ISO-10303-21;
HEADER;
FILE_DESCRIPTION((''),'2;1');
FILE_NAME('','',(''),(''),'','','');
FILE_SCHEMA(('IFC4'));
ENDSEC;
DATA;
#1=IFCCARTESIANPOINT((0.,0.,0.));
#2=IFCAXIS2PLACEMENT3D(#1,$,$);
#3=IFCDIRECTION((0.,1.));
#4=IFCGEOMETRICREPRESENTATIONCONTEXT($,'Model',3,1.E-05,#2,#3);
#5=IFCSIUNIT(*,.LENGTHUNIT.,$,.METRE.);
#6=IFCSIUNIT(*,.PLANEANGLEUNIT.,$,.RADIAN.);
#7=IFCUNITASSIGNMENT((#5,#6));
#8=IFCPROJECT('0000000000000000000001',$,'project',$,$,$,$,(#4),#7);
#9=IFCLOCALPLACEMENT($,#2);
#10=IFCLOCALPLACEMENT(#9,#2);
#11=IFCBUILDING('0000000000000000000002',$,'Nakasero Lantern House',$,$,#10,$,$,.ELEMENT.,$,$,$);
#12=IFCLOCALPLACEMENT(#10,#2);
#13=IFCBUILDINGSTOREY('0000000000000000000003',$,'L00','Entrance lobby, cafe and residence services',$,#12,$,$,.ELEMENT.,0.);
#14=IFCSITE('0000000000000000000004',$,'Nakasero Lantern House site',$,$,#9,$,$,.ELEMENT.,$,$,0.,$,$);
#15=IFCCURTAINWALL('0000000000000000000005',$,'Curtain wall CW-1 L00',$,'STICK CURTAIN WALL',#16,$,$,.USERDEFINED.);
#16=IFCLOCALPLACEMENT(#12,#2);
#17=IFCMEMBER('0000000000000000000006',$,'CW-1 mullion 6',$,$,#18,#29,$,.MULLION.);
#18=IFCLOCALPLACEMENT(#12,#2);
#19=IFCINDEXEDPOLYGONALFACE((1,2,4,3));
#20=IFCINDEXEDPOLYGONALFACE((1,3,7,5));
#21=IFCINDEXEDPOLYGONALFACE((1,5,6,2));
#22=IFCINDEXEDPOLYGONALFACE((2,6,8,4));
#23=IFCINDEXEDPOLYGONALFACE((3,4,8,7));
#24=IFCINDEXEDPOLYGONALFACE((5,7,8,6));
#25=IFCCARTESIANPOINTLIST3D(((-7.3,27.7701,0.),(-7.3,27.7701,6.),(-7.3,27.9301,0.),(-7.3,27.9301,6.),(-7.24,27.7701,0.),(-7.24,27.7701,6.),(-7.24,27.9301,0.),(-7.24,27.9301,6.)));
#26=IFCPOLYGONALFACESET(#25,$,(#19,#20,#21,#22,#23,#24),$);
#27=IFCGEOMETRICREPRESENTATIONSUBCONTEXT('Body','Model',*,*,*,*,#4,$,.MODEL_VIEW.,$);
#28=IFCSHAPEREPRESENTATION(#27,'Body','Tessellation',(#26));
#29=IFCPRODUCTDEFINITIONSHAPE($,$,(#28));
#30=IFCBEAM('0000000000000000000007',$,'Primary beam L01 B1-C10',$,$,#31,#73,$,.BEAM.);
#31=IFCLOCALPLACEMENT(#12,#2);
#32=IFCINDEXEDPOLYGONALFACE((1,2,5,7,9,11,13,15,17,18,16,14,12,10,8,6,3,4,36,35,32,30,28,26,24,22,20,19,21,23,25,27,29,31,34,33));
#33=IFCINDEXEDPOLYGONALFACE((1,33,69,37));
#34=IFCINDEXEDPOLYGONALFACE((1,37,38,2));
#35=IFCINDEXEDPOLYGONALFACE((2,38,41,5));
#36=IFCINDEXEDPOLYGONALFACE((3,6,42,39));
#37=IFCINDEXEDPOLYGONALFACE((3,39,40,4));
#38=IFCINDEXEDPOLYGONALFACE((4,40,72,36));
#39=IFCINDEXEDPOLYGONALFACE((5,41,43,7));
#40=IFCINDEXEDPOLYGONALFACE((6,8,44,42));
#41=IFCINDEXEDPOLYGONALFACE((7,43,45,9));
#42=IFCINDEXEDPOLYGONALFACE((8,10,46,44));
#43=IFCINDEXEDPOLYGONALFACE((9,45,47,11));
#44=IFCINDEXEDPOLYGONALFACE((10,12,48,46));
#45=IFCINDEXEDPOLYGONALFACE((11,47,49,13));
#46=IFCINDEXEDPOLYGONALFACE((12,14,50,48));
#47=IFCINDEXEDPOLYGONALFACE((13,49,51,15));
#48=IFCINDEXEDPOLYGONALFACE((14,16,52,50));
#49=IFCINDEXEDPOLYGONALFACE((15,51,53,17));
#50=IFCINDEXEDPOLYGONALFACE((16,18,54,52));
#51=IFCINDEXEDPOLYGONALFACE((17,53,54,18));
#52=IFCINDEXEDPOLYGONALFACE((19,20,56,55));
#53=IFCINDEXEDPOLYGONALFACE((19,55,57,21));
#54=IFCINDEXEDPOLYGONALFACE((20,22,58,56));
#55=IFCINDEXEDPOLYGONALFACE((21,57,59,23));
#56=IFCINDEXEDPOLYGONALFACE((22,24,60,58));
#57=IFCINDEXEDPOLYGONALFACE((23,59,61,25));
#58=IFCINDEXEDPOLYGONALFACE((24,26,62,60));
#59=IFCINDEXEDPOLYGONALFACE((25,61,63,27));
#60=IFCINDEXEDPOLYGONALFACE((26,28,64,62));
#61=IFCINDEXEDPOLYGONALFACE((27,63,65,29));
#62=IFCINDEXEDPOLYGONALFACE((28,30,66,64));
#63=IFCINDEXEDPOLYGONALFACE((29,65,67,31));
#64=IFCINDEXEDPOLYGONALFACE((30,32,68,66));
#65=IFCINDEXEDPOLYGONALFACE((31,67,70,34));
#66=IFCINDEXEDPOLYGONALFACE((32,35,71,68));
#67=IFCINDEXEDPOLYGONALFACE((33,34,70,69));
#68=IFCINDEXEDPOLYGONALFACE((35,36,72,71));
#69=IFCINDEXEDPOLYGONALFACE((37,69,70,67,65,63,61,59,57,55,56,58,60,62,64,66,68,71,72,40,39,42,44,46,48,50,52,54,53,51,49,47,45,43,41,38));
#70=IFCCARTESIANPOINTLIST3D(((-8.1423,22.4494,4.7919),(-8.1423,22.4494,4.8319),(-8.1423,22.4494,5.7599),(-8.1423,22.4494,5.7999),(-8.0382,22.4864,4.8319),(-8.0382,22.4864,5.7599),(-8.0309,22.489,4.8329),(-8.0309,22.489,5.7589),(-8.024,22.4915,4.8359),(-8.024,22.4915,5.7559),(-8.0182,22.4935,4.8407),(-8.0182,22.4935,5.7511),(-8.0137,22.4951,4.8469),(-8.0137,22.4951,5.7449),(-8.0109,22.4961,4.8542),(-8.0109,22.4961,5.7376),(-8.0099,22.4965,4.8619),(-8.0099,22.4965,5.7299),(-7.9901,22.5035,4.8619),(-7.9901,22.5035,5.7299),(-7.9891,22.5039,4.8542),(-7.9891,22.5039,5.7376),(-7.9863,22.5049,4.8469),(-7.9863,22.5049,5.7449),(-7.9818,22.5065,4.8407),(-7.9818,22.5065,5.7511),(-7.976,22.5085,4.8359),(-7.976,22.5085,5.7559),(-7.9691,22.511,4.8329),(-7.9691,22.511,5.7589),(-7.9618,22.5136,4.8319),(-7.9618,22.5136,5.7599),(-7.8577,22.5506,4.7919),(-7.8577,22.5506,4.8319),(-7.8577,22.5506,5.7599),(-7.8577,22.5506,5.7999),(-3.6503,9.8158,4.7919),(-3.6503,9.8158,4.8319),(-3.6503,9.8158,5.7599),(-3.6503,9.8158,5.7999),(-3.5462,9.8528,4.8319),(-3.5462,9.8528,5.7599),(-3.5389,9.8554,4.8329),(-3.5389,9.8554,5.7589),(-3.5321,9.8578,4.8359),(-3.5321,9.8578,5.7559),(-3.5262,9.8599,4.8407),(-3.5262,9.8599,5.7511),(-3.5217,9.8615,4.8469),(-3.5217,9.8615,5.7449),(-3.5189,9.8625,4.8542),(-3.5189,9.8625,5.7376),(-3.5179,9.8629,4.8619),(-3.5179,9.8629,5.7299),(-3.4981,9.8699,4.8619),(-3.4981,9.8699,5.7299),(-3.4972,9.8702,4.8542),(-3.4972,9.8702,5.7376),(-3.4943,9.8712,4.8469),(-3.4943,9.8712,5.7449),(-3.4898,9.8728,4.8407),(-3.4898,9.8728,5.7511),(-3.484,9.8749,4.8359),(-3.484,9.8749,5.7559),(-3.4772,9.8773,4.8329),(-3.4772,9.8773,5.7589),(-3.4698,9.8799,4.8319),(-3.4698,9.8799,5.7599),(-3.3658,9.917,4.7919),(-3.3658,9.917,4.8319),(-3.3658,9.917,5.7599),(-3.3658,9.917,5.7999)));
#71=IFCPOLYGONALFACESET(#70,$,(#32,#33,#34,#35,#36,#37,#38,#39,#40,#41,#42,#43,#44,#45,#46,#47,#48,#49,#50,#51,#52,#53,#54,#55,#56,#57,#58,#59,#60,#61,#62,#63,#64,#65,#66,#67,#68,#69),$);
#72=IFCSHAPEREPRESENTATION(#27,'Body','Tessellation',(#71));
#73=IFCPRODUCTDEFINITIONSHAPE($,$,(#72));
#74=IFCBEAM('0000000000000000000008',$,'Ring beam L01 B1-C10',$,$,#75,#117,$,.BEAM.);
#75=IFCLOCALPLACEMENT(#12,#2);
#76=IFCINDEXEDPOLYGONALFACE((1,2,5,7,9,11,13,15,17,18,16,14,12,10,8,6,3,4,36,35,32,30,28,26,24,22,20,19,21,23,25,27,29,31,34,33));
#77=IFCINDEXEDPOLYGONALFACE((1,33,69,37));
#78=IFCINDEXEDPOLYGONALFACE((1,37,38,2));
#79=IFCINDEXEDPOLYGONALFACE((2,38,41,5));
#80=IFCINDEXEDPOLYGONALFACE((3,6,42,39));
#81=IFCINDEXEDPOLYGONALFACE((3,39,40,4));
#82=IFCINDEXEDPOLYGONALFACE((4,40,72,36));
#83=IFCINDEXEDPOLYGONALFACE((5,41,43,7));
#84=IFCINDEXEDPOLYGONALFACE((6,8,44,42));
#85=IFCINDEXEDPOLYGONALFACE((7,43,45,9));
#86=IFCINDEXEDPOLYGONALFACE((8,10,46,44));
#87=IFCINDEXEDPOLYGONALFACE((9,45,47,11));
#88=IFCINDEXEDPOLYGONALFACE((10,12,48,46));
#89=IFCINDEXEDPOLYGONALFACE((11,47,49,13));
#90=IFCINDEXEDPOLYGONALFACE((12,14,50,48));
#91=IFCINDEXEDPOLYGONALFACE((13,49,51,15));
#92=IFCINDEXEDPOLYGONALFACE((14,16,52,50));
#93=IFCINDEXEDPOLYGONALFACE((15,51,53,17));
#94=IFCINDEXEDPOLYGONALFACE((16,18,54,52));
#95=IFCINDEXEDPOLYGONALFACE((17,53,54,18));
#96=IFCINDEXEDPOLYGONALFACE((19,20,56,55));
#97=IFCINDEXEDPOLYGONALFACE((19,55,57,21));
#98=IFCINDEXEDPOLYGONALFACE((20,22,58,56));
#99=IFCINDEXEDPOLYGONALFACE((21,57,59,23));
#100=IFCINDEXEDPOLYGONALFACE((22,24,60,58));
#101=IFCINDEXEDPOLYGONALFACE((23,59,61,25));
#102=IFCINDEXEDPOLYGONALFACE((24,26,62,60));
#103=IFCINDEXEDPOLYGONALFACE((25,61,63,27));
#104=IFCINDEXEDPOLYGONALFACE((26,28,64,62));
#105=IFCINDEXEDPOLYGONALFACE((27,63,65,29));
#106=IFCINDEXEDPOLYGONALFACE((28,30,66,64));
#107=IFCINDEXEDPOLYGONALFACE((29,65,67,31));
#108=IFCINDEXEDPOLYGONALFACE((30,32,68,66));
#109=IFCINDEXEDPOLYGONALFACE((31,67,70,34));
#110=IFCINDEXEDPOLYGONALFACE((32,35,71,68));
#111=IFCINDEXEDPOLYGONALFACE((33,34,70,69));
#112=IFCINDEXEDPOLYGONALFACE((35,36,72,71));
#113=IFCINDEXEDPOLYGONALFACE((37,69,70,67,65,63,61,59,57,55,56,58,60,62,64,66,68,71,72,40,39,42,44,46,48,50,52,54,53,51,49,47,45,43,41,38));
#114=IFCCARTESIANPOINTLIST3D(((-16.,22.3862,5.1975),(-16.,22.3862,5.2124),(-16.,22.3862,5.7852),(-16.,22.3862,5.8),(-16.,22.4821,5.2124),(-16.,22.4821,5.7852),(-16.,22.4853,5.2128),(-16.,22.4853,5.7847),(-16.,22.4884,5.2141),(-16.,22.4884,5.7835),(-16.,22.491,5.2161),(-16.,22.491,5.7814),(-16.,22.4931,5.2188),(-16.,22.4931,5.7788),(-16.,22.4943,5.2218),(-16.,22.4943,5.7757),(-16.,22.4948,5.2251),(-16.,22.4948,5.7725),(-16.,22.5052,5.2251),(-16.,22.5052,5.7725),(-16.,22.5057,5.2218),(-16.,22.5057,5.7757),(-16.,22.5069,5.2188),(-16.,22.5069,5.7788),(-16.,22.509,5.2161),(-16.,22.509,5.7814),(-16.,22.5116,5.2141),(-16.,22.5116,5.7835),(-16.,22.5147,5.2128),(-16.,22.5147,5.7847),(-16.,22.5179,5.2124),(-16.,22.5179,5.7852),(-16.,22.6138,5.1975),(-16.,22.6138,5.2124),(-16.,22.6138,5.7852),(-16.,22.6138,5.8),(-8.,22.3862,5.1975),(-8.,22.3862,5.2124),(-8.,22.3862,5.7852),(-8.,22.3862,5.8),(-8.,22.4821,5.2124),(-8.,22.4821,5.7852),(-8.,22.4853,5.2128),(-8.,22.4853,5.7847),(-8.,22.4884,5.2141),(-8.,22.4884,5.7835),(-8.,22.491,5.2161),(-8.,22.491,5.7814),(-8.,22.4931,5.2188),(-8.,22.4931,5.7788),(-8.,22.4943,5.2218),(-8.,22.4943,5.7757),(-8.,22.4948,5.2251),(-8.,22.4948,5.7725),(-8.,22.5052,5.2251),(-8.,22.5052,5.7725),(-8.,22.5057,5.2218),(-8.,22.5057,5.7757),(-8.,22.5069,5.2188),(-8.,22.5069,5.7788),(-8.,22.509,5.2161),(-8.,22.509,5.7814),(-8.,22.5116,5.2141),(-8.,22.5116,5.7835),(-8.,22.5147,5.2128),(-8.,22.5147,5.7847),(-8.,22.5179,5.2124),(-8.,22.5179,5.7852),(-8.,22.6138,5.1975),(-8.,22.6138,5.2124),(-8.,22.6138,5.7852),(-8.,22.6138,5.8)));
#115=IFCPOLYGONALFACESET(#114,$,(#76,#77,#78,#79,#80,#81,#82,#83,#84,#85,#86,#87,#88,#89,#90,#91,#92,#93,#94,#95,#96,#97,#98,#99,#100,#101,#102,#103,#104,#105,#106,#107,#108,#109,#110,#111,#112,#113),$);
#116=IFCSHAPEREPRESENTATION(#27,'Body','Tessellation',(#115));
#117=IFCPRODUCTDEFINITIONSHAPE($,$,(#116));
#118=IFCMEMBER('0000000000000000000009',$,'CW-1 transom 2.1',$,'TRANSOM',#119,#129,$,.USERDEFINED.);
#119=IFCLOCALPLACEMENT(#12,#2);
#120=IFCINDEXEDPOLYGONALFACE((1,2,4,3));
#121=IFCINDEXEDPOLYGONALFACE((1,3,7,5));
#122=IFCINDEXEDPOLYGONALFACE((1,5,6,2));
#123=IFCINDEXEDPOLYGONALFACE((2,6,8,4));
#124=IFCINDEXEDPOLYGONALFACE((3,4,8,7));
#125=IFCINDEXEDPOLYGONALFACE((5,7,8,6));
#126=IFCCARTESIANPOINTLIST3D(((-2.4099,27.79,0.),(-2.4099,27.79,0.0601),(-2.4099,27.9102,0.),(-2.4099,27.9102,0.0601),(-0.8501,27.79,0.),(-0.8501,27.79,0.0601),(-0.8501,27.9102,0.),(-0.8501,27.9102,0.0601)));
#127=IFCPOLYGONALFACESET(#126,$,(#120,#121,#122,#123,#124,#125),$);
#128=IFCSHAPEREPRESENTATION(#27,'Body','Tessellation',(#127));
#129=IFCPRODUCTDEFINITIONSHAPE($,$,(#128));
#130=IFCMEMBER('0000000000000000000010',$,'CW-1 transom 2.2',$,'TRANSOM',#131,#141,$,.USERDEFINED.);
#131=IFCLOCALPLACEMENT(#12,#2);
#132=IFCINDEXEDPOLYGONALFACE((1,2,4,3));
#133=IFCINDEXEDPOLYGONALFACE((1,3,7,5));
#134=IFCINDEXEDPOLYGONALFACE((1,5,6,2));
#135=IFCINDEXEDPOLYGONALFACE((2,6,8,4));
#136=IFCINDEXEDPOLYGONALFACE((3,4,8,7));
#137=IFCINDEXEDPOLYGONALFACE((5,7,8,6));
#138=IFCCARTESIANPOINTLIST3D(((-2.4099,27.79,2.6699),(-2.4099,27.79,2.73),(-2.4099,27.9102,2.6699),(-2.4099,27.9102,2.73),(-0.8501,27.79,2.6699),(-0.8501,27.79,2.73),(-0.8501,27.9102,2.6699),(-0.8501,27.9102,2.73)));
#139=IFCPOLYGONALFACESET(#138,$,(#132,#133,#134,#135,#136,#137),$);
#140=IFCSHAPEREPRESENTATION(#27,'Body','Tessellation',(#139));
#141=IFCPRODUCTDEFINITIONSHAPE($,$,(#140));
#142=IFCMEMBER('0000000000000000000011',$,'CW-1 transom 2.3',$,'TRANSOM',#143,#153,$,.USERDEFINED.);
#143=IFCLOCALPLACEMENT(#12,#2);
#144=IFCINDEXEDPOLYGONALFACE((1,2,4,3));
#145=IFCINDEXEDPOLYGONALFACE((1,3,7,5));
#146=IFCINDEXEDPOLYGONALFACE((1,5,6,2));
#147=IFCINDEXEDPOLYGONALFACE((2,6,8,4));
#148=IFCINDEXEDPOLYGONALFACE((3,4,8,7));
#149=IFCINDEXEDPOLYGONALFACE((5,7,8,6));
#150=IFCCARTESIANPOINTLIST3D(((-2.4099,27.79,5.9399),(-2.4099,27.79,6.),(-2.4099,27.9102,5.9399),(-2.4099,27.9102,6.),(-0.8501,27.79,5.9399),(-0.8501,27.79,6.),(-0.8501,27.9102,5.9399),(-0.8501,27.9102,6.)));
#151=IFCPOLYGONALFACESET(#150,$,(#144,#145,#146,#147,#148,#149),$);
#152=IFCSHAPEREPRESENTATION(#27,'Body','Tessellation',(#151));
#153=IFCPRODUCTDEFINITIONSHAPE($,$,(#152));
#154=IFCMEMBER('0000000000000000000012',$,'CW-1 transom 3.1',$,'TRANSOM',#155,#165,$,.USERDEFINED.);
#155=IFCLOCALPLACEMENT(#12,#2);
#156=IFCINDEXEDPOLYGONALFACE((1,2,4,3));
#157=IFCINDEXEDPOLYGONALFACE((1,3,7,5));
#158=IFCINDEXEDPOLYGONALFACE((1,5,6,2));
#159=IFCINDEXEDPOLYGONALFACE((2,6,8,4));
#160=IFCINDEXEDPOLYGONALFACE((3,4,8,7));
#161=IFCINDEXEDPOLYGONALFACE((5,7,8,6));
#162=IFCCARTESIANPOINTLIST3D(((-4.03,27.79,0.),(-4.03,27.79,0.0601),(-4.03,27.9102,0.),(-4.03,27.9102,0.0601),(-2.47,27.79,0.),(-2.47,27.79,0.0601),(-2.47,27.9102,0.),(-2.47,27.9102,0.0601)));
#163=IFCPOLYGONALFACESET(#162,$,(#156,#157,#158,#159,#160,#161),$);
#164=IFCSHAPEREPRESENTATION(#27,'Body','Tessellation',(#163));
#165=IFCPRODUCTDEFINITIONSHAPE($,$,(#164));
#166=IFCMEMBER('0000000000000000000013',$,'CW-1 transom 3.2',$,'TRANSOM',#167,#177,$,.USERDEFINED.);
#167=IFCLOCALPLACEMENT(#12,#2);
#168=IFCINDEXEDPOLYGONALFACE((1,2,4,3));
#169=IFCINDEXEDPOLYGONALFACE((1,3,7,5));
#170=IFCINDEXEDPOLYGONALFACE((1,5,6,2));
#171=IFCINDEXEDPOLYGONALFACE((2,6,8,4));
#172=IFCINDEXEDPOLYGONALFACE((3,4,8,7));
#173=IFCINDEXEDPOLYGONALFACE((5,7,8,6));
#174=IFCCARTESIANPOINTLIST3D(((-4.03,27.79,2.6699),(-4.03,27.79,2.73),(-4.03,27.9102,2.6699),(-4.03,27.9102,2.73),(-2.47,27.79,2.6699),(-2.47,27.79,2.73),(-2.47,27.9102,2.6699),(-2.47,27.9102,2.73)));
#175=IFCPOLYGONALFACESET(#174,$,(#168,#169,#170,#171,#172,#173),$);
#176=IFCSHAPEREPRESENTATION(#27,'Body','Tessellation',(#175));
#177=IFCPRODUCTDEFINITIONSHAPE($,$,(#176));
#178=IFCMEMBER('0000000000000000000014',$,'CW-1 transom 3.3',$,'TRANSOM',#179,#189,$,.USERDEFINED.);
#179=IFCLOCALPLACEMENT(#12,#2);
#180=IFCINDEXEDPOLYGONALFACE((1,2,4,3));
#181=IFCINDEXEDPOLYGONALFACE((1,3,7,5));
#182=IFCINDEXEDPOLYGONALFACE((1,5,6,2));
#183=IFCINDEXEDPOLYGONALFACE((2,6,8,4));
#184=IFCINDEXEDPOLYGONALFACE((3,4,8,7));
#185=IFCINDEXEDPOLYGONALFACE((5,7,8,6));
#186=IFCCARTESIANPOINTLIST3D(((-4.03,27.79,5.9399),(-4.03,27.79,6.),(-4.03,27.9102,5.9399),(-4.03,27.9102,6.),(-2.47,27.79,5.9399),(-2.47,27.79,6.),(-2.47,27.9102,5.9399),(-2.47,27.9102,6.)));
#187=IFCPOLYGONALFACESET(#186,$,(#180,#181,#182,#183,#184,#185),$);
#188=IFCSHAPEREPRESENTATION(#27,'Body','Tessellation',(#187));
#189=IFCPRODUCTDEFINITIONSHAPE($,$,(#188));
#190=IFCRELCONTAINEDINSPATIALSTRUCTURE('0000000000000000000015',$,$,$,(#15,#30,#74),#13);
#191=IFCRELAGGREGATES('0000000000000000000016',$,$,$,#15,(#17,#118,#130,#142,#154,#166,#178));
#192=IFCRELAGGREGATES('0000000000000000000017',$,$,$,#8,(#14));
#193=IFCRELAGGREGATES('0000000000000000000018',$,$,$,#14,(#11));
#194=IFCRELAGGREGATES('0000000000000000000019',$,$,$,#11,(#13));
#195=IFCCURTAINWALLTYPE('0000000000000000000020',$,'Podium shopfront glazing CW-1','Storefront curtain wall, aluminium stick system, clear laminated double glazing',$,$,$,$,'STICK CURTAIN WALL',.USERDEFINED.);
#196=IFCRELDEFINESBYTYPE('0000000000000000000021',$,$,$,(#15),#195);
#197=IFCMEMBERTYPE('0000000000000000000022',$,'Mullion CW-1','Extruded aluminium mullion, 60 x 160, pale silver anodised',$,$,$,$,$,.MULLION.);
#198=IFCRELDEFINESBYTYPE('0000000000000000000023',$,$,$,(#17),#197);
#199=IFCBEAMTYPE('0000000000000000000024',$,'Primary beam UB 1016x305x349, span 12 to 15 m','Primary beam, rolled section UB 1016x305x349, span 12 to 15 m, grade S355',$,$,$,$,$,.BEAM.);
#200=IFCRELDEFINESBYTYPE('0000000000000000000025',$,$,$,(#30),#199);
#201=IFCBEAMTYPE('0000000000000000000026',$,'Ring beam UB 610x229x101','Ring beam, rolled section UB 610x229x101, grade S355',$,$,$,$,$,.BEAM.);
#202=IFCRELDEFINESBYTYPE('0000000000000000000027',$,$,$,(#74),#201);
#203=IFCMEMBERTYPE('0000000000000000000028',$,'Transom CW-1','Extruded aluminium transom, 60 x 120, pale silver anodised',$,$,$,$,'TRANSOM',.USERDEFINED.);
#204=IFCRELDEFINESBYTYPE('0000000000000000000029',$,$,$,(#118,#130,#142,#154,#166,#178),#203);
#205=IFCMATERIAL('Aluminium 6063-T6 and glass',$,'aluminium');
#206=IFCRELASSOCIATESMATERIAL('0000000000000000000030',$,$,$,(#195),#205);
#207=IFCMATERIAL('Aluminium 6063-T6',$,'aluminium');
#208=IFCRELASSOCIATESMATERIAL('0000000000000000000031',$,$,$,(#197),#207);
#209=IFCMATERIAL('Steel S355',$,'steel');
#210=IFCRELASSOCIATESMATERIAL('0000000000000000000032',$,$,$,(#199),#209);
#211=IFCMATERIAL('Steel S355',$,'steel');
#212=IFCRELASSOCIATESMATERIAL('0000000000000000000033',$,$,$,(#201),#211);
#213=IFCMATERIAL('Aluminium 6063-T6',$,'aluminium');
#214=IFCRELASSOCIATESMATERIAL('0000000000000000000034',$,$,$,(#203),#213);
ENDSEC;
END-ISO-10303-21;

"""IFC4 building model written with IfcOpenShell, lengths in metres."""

from ifc_helpers import new_model, si_unit, direction, frame, origin, origin_2d, place, context, subcontext, project, spatial, rectangle, i_section, extrude, material, material_profile, profile_set, type_object, element, aggregate, save


model = new_model("IFC4")

# Units and contexts
model_context = context("Model", 3, precision=1e-05, world=origin(), true_north=direction((0.0, 1.0)))
body_context = subcontext(model_context, "Body", "Model", "MODEL_VIEW")
ifc_project = project(units=[si_unit("LENGTHUNIT", "METRE"), si_unit("PLANEANGLEUNIT", "RADIAN")], contexts=[model_context])

# Site, building, storey
site_placement = place(None, origin())
site = spatial("IfcSite", under=ifc_project, at=site_placement, Name="Nakasero Lantern House site", CompositionType="ELEMENT", RefElevation=0.0)
building_placement = place(site_placement, origin())
building = spatial("IfcBuilding", under=site, at=building_placement, Name="Nakasero Lantern House", CompositionType="ELEMENT")
storey_placement = place(building_placement, origin())
storey = spatial("IfcBuildingStorey", under=building, at=storey_placement, Name="L00", Description="Entrance lobby, cafe and residence services", CompositionType="ELEMENT", Elevation=0.0)

# Curtain wall, member
ifc_material_1 = material(Name="Aluminium 6063-T6 and glass", Category="aluminium")
curtain_wall_type = type_object("IfcCurtainWallType", Name="Podium shopfront glazing CW-1", Description="Storefront curtain wall, aluminium stick system, clear laminated double glazing", ElementType="STICK CURTAIN WALL", PredefinedType="USERDEFINED", material=ifc_material_1)
curtain_wall_placement = place(storey_placement, origin())
curtain_wall = element("IfcCurtainWall", 1, at=curtain_wall_placement, inside=storey, type_object=curtain_wall_type, Name="Curtain wall CW-1 L00", ObjectType="STICK CURTAIN WALL", PredefinedType="USERDEFINED")
ifc_material_2 = material(Name="Aluminium 6063-T6", Category="aluminium")
ifc_material_profile_1 = material_profile(ifc_material_2, rectangle(XDim=0.0601, YDim=0.1599, at=origin_2d()), Name="CW-1 mullion 60x160")
ifc_profile_set_1 = profile_set([ifc_material_profile_1], Name="Aluminium 6063-T6")
member_type_1 = type_object("IfcMemberType", Name="Mullion CW-1", Description="Extruded aluminium mullion, 60 x 160, pale silver anodised", PredefinedType="MULLION", material=ifc_profile_set_1)
member_1_placement = place(storey_placement, frame((-7.27, 27.8501, 0.0), z_axis=(0.0, 0.0, 1.0), x_axis=(-1.0, 0.0, 0.0)))
member_1 = element("IfcMember", 2, at=member_1_placement, type_object=member_type_1, Name="CW-1 mullion 6", PredefinedType="MULLION", context=body_context, shape_type="SweptSolid", body=[
    extrude(rectangle(XDim=0.0601, YDim=0.1599, at=origin_2d()), origin(), (0.0, 0.0, 1.0), 6.0),
])

# Beams
ifc_material_3 = material(Name="Steel S355", Category="steel")
ifc_material_profile_2 = material_profile(ifc_material_3, i_section(OverallWidth=0.302, OverallDepth=1.0081, WebThickness=0.021, FlangeThickness=0.04, FilletRadius=0.03, at=origin_2d()), Name="UB 1016x305x349")
ifc_profile_set_2 = profile_set([ifc_material_profile_2], Name="Steel S355")
beam_type_1 = type_object("IfcBeamType", Name="Primary beam UB 1016x305x349, span 12 to 15 m", Description="Primary beam, rolled section UB 1016x305x349, span 12 to 15 m, grade S355", PredefinedType="BEAM", material=ifc_profile_set_2)
beam_1_placement = place(storey_placement, frame((-8.0, 22.5, 5.2959), z_axis=(0.335011, -0.942214, 0.0), x_axis=(0.942214, 0.335011, 0.0)))
element("IfcBeam", 3, at=beam_1_placement, inside=storey, type_object=beam_type_1, Name="Primary beam L01 B1-C10", PredefinedType="BEAM", context=body_context, shape_type="SweptSolid", body=[
    extrude(i_section(OverallWidth=0.302, OverallDepth=1.0081, WebThickness=0.021, FlangeThickness=0.04, FilletRadius=0.03, at=origin_2d()), origin(), (0.0, 0.0, 1.0), 13.4084),
])
ifc_material_4 = material(Name="Steel S355", Category="steel")
ifc_material_profile_3 = material_profile(ifc_material_4, i_section(OverallWidth=0.2275, OverallDepth=0.6025, WebThickness=0.0105, FlangeThickness=0.0149, FilletRadius=0.0127, at=origin_2d()), Name="UB 610x229x101")
ifc_profile_set_3 = profile_set([ifc_material_profile_3], Name="Steel S355")
beam_type_2 = type_object("IfcBeamType", Name="Ring beam UB 610x229x101", Description="Ring beam, rolled section UB 610x229x101, grade S355", PredefinedType="BEAM", material=ifc_profile_set_3)
beam_2_placement = place(storey_placement, frame((-8.0, 22.5, 5.4988), z_axis=(-1.0, 0.0, 0.0), x_axis=(0.0, -1.0, 0.0)))
element("IfcBeam", 4, at=beam_2_placement, inside=storey, type_object=beam_type_2, Name="Ring beam L01 B1-C10", PredefinedType="BEAM", context=body_context, shape_type="SweptSolid", body=[
    extrude(i_section(OverallWidth=0.2275, OverallDepth=0.6025, WebThickness=0.0105, FlangeThickness=0.0149, FilletRadius=0.0127, at=origin_2d()), origin(), (0.0, 0.0, 1.0), 8.0),
])

# Members
ifc_material_5 = material(Name="Aluminium 6063-T6", Category="aluminium")
ifc_material_profile_4 = material_profile(ifc_material_5, rectangle(XDim=0.0601, YDim=0.1201, at=origin_2d()), Name="CW-1 transom 60x120")
ifc_profile_set_4 = profile_set([ifc_material_profile_4], Name="Aluminium 6063-T6")
member_type_2 = type_object("IfcMemberType", Name="Transom CW-1", Description="Extruded aluminium transom, 60 x 120, pale silver anodised", ElementType="TRANSOM", PredefinedType="USERDEFINED", material=ifc_profile_set_4)
member_2_placement = place(storey_placement, frame((-0.8501, 27.8501, 0.03), z_axis=(-1.0, 0.0, 0.0), x_axis=(0.0, 0.0, 1.0)))
member_2 = element("IfcMember", 5, at=member_2_placement, type_object=member_type_2, Name="CW-1 transom 2.1", ObjectType="TRANSOM", PredefinedType="USERDEFINED", context=body_context, shape_type="SweptSolid", body=[
    extrude(rectangle(XDim=0.0601, YDim=0.1201, at=origin_2d()), origin(), (0.0, 0.0, 1.0), 1.5598),
])
member_3_placement = place(storey_placement, frame((-0.8501, 27.8501, 2.7), z_axis=(-1.0, 0.0, 0.0), x_axis=(0.0, 0.0, 1.0)))
member_3 = element("IfcMember", 6, at=member_3_placement, type_object=member_type_2, Name="CW-1 transom 2.2", ObjectType="TRANSOM", PredefinedType="USERDEFINED", context=body_context, shape_type="SweptSolid", body=[
    extrude(rectangle(XDim=0.0601, YDim=0.1201, at=origin_2d()), origin(), (0.0, 0.0, 1.0), 1.5598),
])
member_4_placement = place(storey_placement, frame((-0.8501, 27.8501, 5.97), z_axis=(-1.0, 0.0, 0.0), x_axis=(0.0, 0.0, 1.0)))
member_4 = element("IfcMember", 7, at=member_4_placement, type_object=member_type_2, Name="CW-1 transom 2.3", ObjectType="TRANSOM", PredefinedType="USERDEFINED", context=body_context, shape_type="SweptSolid", body=[
    extrude(rectangle(XDim=0.0601, YDim=0.1201, at=origin_2d()), origin(), (0.0, 0.0, 1.0), 1.5598),
])
member_5_placement = place(storey_placement, frame((-2.47, 27.8501, 0.03), z_axis=(-1.0, 0.0, 0.0), x_axis=(0.0, 0.0, 1.0)))
member_5 = element("IfcMember", 8, at=member_5_placement, type_object=member_type_2, Name="CW-1 transom 3.1", ObjectType="TRANSOM", PredefinedType="USERDEFINED", context=body_context, shape_type="SweptSolid", body=[
    extrude(rectangle(XDim=0.0601, YDim=0.1201, at=origin_2d()), origin(), (0.0, 0.0, 1.0), 1.5601),
])
member_6_placement = place(storey_placement, frame((-2.47, 27.8501, 2.7), z_axis=(-1.0, 0.0, 0.0), x_axis=(0.0, 0.0, 1.0)))
member_6 = element("IfcMember", 9, at=member_6_placement, type_object=member_type_2, Name="CW-1 transom 3.2", ObjectType="TRANSOM", PredefinedType="USERDEFINED", context=body_context, shape_type="SweptSolid", body=[
    extrude(rectangle(XDim=0.0601, YDim=0.1201, at=origin_2d()), origin(), (0.0, 0.0, 1.0), 1.5601),
])
member_7_placement = place(storey_placement, frame((-2.47, 27.8501, 5.97), z_axis=(-1.0, 0.0, 0.0), x_axis=(0.0, 0.0, 1.0)))
member_7 = element("IfcMember", 10, at=member_7_placement, type_object=member_type_2, Name="CW-1 transom 3.3", ObjectType="TRANSOM", PredefinedType="USERDEFINED", context=body_context, shape_type="SweptSolid", body=[
    extrude(rectangle(XDim=0.0601, YDim=0.1201, at=origin_2d()), origin(), (0.0, 0.0, 1.0), 1.5601),
])

aggregate(curtain_wall, [member_1, member_2, member_3, member_4, member_5, member_6, member_7])

save(model, "model.ifc")
